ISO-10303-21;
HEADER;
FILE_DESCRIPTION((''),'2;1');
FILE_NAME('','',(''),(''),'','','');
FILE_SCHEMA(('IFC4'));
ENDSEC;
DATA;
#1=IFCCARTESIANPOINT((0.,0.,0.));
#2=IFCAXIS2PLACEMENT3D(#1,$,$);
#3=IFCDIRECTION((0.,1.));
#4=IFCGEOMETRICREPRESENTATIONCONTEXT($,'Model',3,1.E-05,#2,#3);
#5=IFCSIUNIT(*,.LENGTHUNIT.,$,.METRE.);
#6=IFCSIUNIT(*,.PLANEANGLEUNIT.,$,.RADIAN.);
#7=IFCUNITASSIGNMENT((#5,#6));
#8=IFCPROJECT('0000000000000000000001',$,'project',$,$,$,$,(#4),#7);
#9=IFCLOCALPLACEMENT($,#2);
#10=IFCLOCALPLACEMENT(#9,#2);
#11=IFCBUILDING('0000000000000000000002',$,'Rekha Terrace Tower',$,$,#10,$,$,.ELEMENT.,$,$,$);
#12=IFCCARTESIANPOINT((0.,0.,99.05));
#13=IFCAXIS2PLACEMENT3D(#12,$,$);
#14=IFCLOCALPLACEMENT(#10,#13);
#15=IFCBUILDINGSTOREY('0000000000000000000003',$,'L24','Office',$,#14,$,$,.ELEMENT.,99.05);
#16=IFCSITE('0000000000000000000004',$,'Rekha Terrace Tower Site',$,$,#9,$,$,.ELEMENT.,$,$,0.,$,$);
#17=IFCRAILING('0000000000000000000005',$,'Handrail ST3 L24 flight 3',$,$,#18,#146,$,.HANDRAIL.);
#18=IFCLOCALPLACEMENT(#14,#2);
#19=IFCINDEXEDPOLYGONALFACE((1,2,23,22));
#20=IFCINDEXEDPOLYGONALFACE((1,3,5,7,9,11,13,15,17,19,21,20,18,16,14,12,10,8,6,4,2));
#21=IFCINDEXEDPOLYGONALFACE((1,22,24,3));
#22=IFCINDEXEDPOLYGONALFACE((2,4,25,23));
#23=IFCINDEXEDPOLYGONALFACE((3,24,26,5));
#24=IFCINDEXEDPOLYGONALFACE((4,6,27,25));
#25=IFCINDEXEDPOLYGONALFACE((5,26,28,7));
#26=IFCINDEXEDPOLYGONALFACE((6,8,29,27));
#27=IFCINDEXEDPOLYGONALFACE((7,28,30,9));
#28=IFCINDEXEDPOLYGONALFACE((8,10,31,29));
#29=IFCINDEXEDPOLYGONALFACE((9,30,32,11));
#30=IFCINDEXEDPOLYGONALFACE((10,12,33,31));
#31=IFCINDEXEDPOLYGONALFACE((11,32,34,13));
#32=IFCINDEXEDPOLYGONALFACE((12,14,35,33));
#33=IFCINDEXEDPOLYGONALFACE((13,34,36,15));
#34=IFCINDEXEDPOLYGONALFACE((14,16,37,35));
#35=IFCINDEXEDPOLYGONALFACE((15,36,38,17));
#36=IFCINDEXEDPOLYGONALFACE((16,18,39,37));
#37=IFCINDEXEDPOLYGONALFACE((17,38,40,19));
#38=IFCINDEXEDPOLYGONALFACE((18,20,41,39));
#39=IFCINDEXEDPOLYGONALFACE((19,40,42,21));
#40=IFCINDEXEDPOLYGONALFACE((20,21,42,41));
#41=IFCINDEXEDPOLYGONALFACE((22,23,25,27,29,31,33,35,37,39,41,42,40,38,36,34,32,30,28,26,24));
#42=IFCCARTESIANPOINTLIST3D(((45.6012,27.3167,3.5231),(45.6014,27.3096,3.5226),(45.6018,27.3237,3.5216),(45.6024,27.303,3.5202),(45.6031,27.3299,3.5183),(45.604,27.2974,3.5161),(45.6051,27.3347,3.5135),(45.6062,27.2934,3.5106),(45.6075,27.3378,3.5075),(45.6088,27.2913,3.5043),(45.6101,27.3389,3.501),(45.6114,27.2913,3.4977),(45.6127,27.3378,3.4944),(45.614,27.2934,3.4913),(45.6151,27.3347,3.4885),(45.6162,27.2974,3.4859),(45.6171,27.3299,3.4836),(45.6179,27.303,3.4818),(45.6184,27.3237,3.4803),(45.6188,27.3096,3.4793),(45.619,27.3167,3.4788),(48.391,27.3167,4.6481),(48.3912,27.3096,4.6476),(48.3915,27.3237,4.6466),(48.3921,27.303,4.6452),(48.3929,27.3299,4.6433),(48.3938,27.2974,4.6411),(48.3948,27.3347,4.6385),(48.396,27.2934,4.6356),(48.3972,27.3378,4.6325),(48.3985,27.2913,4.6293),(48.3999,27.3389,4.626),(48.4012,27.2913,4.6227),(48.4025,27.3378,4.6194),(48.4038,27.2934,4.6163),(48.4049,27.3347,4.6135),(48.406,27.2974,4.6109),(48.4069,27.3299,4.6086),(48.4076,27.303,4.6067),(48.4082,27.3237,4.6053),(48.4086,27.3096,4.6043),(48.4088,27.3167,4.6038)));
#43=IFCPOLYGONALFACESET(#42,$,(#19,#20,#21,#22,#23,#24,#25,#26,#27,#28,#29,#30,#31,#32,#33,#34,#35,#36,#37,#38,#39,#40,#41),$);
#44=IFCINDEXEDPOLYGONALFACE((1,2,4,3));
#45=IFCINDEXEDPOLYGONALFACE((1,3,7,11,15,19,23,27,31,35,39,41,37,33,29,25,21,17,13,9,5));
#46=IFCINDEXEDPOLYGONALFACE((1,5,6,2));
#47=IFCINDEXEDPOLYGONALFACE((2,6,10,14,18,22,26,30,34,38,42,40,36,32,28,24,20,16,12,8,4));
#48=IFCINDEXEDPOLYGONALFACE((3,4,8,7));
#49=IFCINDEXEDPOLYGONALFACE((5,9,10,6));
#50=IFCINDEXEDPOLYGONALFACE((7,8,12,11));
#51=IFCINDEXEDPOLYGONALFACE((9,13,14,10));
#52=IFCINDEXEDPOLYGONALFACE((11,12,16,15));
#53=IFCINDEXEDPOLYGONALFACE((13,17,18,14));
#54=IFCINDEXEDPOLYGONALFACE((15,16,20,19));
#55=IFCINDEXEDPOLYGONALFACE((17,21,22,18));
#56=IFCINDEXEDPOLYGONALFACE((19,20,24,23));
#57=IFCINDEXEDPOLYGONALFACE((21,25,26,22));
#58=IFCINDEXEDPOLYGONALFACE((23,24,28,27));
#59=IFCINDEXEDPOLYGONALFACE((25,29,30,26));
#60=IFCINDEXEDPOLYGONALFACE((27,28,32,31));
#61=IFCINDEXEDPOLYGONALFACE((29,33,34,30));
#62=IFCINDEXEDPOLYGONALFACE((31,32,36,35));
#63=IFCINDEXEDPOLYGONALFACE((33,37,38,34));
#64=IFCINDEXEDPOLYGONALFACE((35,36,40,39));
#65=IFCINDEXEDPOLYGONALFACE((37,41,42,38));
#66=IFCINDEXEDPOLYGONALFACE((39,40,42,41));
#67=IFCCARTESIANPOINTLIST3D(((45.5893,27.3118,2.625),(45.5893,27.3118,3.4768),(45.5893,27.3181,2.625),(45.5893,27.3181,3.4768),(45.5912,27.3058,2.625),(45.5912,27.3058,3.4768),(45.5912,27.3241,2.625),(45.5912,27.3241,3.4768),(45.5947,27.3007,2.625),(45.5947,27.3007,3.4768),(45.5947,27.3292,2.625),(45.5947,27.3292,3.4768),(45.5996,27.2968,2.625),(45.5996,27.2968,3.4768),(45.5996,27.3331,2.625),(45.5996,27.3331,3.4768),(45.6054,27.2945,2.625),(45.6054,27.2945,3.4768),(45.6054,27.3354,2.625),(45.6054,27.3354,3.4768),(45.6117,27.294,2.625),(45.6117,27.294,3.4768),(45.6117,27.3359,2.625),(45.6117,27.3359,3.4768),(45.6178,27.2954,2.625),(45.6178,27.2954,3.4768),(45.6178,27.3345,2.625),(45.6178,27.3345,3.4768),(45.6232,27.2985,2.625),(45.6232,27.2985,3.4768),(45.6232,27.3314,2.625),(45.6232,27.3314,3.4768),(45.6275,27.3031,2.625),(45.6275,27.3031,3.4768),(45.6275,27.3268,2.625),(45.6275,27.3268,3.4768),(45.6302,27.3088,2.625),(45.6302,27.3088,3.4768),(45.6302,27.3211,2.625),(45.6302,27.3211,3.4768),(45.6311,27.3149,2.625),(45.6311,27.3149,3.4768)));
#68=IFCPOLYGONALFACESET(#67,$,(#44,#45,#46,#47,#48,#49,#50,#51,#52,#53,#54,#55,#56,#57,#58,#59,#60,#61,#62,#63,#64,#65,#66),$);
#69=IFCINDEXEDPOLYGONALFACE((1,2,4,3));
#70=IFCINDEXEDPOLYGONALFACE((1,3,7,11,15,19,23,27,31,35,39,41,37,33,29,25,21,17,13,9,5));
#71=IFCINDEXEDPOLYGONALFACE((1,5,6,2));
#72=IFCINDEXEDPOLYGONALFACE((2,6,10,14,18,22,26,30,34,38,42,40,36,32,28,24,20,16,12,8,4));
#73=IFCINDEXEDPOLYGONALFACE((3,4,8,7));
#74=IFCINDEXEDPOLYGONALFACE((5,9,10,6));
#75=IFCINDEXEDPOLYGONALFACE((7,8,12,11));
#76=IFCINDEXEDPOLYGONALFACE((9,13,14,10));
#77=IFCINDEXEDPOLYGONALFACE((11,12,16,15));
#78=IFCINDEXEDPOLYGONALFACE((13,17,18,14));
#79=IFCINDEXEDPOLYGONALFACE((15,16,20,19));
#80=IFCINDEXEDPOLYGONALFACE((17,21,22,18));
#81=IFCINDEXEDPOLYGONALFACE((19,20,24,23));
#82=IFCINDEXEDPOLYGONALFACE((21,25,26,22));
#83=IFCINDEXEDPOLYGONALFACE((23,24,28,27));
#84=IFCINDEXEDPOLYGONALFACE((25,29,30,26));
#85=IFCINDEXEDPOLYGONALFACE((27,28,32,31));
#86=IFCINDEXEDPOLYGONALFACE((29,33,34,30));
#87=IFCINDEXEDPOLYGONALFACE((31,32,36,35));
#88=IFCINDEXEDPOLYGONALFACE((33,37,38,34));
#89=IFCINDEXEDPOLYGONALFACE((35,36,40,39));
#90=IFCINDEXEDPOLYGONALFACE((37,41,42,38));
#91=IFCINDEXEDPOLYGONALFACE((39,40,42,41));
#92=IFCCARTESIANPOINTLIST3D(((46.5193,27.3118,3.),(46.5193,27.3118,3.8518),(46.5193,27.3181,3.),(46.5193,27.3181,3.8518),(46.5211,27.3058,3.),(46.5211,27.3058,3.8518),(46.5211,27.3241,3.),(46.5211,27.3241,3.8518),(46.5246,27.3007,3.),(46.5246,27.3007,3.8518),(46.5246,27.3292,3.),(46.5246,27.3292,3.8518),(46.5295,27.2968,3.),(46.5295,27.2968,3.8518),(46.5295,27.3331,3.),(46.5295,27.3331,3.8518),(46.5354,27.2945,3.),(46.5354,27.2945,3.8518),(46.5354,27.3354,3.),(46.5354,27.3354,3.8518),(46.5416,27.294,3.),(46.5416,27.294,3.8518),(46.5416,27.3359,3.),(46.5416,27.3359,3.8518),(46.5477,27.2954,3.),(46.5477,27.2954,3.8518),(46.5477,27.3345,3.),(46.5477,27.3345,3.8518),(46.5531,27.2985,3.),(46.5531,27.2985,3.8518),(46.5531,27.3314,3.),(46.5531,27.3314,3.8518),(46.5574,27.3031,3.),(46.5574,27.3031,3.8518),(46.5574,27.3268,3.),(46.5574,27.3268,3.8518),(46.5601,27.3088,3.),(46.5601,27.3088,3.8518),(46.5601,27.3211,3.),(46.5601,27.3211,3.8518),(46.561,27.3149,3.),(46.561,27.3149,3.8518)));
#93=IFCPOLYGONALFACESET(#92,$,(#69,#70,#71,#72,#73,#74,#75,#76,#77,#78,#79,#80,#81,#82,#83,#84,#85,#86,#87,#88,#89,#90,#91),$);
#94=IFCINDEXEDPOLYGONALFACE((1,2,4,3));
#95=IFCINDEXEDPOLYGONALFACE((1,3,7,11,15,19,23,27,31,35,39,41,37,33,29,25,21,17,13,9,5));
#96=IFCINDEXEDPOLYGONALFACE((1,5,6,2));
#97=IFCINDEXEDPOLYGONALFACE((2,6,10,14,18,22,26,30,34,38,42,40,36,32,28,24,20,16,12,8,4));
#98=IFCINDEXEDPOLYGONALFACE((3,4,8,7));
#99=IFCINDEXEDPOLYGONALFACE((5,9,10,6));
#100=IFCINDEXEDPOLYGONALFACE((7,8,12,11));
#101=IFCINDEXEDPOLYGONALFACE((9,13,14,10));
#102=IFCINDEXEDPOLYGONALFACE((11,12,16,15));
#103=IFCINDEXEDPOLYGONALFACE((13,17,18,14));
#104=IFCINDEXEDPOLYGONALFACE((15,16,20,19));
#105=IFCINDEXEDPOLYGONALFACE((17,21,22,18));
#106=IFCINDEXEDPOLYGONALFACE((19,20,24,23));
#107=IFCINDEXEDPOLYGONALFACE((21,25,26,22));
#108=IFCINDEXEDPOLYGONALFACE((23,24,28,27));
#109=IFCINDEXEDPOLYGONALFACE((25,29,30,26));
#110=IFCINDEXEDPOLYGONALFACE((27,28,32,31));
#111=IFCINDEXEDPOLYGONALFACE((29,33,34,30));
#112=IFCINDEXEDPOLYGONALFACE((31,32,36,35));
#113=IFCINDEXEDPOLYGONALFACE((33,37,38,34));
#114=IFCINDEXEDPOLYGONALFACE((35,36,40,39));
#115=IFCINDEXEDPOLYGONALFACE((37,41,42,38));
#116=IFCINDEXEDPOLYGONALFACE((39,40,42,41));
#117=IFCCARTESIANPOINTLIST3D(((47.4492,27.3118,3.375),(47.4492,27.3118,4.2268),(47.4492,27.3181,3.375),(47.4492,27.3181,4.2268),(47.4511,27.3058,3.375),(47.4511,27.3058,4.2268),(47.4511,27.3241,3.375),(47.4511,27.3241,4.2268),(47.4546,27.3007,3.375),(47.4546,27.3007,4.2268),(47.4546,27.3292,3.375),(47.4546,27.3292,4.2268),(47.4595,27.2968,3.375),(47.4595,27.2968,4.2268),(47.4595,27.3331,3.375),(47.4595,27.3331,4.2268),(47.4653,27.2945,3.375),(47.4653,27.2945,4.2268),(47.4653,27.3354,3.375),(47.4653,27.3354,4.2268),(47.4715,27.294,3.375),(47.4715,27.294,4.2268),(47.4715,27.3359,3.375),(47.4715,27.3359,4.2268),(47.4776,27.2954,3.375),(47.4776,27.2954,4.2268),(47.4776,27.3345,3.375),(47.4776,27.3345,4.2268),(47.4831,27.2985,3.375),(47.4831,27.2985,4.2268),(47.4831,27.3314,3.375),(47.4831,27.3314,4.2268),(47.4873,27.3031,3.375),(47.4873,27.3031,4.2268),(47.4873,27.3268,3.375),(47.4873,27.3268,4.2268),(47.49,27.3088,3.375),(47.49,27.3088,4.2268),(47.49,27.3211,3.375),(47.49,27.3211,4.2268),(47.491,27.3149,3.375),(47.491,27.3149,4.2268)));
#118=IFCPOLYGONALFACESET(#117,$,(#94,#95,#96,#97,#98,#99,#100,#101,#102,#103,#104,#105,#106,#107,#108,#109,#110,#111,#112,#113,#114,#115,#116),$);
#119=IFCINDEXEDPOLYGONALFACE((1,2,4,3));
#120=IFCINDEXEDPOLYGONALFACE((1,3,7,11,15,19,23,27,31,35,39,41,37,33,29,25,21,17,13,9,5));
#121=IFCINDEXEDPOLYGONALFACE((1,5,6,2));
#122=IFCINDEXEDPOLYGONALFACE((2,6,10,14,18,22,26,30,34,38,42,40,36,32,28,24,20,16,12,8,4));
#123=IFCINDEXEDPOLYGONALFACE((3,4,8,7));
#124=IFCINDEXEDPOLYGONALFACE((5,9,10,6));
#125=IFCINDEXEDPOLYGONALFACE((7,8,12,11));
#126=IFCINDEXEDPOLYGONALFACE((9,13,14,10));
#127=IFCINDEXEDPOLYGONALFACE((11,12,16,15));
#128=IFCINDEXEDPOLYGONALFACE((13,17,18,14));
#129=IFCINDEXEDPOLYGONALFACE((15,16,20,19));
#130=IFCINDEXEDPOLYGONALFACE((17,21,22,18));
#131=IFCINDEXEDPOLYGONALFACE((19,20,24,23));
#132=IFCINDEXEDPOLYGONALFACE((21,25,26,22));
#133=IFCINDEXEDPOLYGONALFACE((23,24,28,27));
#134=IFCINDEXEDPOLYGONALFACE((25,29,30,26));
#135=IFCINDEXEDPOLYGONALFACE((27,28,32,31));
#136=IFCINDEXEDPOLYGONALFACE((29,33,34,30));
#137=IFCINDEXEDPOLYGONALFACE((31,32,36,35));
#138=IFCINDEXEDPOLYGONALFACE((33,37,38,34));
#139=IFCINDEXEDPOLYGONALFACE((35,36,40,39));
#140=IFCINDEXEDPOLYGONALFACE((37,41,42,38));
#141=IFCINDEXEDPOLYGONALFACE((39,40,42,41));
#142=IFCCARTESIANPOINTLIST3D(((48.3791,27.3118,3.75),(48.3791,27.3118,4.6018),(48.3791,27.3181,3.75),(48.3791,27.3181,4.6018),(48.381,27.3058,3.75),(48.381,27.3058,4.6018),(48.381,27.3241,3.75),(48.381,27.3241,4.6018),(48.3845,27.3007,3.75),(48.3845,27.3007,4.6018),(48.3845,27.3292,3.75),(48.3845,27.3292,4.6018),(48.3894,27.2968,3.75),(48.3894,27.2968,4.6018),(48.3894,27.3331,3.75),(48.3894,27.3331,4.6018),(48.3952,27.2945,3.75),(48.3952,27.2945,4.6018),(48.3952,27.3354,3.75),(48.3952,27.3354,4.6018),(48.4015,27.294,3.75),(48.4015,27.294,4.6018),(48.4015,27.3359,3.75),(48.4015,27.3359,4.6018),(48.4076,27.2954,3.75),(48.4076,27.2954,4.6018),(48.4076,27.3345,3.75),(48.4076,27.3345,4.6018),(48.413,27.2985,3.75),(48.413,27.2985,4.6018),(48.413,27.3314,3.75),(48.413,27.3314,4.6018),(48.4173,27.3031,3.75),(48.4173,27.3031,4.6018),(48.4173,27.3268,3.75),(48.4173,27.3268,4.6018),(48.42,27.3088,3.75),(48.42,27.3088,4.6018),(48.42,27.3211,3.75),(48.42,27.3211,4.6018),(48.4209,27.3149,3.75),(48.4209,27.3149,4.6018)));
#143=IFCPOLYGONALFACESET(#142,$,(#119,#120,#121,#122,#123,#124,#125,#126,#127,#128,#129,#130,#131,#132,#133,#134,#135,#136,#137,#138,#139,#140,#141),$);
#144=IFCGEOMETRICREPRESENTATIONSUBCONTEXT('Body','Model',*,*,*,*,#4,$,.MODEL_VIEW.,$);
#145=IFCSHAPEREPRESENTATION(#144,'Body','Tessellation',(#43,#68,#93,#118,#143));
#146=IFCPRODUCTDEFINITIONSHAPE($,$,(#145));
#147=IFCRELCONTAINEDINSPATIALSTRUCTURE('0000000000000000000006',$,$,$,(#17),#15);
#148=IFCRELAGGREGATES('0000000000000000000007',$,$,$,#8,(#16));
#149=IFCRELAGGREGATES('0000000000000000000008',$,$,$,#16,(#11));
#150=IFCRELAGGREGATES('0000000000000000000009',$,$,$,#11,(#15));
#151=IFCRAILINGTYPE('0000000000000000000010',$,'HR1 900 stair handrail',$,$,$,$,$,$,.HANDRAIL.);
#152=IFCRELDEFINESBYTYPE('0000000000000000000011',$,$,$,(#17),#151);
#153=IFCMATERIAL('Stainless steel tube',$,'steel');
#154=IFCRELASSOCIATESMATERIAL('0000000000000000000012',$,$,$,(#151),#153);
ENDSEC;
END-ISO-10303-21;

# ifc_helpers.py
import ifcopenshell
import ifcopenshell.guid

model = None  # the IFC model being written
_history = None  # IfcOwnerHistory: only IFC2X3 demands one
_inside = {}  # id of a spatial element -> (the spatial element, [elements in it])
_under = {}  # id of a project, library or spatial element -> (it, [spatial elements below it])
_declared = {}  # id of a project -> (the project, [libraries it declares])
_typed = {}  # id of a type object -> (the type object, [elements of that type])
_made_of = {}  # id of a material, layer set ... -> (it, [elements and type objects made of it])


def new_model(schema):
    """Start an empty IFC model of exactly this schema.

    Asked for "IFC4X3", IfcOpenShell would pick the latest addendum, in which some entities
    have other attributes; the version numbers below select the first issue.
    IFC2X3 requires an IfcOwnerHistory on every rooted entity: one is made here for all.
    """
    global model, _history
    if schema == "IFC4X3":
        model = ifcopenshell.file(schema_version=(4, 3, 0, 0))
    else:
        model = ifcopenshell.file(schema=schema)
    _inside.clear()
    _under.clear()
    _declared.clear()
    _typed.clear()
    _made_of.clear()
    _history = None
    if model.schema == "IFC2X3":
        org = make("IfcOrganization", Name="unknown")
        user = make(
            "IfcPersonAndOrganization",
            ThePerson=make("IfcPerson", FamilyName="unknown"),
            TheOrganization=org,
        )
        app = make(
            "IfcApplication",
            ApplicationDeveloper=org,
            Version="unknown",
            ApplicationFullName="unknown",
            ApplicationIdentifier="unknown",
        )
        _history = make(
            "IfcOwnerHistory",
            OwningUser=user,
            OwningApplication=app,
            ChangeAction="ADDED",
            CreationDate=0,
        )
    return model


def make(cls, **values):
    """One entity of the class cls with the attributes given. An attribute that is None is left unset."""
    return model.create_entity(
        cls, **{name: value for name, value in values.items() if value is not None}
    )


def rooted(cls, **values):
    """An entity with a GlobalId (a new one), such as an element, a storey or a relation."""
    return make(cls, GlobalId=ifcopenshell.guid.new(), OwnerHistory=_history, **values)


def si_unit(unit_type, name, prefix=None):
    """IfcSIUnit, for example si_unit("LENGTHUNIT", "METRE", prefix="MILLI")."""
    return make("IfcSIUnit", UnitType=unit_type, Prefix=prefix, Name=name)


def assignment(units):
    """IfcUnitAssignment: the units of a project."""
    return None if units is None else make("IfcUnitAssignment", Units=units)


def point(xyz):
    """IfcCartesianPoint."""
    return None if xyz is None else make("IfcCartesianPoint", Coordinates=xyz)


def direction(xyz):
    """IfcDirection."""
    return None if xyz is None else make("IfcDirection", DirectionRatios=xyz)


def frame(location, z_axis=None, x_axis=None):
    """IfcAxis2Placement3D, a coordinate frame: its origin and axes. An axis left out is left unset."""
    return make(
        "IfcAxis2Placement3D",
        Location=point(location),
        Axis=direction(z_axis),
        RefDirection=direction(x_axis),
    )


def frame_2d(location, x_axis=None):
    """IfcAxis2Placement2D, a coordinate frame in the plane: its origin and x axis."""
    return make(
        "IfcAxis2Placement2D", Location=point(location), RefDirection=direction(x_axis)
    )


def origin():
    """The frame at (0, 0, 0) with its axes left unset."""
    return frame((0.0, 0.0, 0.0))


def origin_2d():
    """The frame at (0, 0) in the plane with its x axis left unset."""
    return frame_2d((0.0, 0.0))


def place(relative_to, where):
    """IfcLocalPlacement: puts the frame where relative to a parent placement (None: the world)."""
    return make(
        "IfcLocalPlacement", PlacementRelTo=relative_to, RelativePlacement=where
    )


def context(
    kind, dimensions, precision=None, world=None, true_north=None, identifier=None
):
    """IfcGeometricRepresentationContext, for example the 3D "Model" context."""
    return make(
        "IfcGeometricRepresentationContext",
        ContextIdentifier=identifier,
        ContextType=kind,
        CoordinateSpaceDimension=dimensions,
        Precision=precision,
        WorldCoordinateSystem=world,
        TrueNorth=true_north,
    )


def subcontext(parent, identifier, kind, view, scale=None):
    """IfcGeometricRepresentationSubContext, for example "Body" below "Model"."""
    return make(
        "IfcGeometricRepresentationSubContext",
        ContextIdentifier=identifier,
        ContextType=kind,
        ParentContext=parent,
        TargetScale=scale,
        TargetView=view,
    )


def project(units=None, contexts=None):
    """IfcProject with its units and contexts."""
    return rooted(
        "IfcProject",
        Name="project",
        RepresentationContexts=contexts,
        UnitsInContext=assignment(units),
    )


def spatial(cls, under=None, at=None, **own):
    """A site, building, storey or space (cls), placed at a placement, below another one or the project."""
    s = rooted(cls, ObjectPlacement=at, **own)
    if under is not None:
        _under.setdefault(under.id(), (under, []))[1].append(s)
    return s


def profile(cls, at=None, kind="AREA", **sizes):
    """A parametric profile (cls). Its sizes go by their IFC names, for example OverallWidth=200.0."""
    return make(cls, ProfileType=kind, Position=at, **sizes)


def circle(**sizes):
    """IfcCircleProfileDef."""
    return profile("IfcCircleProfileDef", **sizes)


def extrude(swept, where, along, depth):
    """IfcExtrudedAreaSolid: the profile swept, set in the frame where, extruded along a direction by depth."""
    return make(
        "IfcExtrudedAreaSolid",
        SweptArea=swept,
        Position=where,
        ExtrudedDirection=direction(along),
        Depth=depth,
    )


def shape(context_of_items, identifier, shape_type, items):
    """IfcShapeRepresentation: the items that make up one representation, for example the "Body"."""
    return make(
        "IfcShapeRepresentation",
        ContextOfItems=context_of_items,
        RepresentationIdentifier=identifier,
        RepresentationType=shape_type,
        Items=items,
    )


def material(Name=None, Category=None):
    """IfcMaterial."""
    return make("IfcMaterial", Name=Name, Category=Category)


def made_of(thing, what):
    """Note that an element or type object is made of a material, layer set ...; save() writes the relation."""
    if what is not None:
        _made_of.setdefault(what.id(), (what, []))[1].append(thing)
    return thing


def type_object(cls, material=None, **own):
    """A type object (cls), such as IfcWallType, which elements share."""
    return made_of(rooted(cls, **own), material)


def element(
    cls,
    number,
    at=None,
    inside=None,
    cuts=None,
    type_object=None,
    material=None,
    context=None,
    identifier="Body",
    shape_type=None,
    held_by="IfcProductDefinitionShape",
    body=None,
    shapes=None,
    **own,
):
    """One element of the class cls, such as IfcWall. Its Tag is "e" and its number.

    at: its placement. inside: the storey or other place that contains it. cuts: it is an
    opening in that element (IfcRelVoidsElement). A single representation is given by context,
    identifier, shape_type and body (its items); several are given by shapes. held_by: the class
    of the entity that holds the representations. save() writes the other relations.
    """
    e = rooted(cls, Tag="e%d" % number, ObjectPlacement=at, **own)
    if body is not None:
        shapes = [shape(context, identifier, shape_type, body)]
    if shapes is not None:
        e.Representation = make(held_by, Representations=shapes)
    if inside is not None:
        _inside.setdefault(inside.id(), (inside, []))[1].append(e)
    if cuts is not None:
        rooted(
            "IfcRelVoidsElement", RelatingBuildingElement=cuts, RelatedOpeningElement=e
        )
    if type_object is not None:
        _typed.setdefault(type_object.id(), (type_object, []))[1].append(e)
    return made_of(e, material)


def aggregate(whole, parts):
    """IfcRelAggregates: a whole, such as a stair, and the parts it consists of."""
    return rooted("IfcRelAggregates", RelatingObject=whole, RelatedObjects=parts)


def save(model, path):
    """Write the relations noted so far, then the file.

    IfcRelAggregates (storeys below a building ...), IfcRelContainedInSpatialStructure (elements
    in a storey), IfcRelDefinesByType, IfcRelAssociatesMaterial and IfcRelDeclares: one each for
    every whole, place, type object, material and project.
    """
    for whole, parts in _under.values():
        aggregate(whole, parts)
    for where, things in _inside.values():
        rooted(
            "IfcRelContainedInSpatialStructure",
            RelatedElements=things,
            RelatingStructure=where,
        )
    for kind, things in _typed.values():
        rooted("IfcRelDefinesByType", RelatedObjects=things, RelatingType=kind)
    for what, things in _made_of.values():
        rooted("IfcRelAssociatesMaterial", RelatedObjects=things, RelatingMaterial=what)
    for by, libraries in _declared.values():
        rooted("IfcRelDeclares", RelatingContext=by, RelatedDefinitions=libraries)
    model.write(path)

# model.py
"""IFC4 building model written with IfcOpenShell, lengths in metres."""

from ifc_helpers import new_model, si_unit, direction, frame, origin, origin_2d, place, context, subcontext, project, spatial, circle, extrude, material, type_object, element, save


model = new_model("IFC4")

# Units and contexts
model_context = context("Model", 3, precision=1e-05, world=origin(), true_north=direction((0.0, 1.0)))
body_context = subcontext(model_context, "Body", "Model", "MODEL_VIEW")
ifc_project = project(units=[si_unit("LENGTHUNIT", "METRE"), si_unit("PLANEANGLEUNIT", "RADIAN")], contexts=[model_context])

# Site, building, storey
site_placement = place(None, origin())
site = spatial("IfcSite", under=ifc_project, at=site_placement, Name="Rekha Terrace Tower Site", CompositionType="ELEMENT", RefElevation=0.0)
building_placement = place(site_placement, origin())
building = spatial("IfcBuilding", under=site, at=building_placement, Name="Rekha Terrace Tower", CompositionType="ELEMENT")
storey_placement = place(building_placement, frame((0.0, 0.0, 99.05)))
storey = spatial("IfcBuildingStorey", under=building, at=storey_placement, Name="L24", Description="Office", CompositionType="ELEMENT", Elevation=99.05)

# Railing
ifc_material_1 = material(Name="Stainless steel tube", Category="steel")
railing_type_1 = type_object("IfcRailingType", Name="HR1 900 stair handrail", PredefinedType="HANDRAIL", material=ifc_material_1)
railing_1_placement = place(storey_placement, frame((45.6101, 27.3149, 2.625)))
element("IfcRailing", 1, at=railing_1_placement, inside=storey, type_object=railing_type_1, Name="Handrail ST3 L24 flight 3", PredefinedType="HANDRAIL", context=body_context, shape_type="SweptSolid", body=[
    extrude(circle(Radius=0.0239, at=origin_2d()), frame((0.0, 0.0, 0.876), z_axis=(0.927432, 0.0, 0.373992), x_axis=(0.0, 1.0, 0.0)), (0.0, 0.0, 1.0), 3.0081),
    extrude(circle(Radius=0.021, at=origin_2d()), origin(), (0.0, 0.0, 1.0), 0.8518),
    extrude(circle(Radius=0.021, at=origin_2d()), frame((0.9299, 0.0, 0.375)), (0.0, 0.0, 1.0), 0.8518),
    extrude(circle(Radius=0.021, at=origin_2d()), frame((1.8599, 0.0, 0.75)), (0.0, 0.0, 1.0), 0.8518),
    extrude(circle(Radius=0.021, at=origin_2d()), frame((2.7898, 0.0, 1.125)), (0.0, 0.0, 1.0), 0.8518),
])

save(model, "model.ifc")
